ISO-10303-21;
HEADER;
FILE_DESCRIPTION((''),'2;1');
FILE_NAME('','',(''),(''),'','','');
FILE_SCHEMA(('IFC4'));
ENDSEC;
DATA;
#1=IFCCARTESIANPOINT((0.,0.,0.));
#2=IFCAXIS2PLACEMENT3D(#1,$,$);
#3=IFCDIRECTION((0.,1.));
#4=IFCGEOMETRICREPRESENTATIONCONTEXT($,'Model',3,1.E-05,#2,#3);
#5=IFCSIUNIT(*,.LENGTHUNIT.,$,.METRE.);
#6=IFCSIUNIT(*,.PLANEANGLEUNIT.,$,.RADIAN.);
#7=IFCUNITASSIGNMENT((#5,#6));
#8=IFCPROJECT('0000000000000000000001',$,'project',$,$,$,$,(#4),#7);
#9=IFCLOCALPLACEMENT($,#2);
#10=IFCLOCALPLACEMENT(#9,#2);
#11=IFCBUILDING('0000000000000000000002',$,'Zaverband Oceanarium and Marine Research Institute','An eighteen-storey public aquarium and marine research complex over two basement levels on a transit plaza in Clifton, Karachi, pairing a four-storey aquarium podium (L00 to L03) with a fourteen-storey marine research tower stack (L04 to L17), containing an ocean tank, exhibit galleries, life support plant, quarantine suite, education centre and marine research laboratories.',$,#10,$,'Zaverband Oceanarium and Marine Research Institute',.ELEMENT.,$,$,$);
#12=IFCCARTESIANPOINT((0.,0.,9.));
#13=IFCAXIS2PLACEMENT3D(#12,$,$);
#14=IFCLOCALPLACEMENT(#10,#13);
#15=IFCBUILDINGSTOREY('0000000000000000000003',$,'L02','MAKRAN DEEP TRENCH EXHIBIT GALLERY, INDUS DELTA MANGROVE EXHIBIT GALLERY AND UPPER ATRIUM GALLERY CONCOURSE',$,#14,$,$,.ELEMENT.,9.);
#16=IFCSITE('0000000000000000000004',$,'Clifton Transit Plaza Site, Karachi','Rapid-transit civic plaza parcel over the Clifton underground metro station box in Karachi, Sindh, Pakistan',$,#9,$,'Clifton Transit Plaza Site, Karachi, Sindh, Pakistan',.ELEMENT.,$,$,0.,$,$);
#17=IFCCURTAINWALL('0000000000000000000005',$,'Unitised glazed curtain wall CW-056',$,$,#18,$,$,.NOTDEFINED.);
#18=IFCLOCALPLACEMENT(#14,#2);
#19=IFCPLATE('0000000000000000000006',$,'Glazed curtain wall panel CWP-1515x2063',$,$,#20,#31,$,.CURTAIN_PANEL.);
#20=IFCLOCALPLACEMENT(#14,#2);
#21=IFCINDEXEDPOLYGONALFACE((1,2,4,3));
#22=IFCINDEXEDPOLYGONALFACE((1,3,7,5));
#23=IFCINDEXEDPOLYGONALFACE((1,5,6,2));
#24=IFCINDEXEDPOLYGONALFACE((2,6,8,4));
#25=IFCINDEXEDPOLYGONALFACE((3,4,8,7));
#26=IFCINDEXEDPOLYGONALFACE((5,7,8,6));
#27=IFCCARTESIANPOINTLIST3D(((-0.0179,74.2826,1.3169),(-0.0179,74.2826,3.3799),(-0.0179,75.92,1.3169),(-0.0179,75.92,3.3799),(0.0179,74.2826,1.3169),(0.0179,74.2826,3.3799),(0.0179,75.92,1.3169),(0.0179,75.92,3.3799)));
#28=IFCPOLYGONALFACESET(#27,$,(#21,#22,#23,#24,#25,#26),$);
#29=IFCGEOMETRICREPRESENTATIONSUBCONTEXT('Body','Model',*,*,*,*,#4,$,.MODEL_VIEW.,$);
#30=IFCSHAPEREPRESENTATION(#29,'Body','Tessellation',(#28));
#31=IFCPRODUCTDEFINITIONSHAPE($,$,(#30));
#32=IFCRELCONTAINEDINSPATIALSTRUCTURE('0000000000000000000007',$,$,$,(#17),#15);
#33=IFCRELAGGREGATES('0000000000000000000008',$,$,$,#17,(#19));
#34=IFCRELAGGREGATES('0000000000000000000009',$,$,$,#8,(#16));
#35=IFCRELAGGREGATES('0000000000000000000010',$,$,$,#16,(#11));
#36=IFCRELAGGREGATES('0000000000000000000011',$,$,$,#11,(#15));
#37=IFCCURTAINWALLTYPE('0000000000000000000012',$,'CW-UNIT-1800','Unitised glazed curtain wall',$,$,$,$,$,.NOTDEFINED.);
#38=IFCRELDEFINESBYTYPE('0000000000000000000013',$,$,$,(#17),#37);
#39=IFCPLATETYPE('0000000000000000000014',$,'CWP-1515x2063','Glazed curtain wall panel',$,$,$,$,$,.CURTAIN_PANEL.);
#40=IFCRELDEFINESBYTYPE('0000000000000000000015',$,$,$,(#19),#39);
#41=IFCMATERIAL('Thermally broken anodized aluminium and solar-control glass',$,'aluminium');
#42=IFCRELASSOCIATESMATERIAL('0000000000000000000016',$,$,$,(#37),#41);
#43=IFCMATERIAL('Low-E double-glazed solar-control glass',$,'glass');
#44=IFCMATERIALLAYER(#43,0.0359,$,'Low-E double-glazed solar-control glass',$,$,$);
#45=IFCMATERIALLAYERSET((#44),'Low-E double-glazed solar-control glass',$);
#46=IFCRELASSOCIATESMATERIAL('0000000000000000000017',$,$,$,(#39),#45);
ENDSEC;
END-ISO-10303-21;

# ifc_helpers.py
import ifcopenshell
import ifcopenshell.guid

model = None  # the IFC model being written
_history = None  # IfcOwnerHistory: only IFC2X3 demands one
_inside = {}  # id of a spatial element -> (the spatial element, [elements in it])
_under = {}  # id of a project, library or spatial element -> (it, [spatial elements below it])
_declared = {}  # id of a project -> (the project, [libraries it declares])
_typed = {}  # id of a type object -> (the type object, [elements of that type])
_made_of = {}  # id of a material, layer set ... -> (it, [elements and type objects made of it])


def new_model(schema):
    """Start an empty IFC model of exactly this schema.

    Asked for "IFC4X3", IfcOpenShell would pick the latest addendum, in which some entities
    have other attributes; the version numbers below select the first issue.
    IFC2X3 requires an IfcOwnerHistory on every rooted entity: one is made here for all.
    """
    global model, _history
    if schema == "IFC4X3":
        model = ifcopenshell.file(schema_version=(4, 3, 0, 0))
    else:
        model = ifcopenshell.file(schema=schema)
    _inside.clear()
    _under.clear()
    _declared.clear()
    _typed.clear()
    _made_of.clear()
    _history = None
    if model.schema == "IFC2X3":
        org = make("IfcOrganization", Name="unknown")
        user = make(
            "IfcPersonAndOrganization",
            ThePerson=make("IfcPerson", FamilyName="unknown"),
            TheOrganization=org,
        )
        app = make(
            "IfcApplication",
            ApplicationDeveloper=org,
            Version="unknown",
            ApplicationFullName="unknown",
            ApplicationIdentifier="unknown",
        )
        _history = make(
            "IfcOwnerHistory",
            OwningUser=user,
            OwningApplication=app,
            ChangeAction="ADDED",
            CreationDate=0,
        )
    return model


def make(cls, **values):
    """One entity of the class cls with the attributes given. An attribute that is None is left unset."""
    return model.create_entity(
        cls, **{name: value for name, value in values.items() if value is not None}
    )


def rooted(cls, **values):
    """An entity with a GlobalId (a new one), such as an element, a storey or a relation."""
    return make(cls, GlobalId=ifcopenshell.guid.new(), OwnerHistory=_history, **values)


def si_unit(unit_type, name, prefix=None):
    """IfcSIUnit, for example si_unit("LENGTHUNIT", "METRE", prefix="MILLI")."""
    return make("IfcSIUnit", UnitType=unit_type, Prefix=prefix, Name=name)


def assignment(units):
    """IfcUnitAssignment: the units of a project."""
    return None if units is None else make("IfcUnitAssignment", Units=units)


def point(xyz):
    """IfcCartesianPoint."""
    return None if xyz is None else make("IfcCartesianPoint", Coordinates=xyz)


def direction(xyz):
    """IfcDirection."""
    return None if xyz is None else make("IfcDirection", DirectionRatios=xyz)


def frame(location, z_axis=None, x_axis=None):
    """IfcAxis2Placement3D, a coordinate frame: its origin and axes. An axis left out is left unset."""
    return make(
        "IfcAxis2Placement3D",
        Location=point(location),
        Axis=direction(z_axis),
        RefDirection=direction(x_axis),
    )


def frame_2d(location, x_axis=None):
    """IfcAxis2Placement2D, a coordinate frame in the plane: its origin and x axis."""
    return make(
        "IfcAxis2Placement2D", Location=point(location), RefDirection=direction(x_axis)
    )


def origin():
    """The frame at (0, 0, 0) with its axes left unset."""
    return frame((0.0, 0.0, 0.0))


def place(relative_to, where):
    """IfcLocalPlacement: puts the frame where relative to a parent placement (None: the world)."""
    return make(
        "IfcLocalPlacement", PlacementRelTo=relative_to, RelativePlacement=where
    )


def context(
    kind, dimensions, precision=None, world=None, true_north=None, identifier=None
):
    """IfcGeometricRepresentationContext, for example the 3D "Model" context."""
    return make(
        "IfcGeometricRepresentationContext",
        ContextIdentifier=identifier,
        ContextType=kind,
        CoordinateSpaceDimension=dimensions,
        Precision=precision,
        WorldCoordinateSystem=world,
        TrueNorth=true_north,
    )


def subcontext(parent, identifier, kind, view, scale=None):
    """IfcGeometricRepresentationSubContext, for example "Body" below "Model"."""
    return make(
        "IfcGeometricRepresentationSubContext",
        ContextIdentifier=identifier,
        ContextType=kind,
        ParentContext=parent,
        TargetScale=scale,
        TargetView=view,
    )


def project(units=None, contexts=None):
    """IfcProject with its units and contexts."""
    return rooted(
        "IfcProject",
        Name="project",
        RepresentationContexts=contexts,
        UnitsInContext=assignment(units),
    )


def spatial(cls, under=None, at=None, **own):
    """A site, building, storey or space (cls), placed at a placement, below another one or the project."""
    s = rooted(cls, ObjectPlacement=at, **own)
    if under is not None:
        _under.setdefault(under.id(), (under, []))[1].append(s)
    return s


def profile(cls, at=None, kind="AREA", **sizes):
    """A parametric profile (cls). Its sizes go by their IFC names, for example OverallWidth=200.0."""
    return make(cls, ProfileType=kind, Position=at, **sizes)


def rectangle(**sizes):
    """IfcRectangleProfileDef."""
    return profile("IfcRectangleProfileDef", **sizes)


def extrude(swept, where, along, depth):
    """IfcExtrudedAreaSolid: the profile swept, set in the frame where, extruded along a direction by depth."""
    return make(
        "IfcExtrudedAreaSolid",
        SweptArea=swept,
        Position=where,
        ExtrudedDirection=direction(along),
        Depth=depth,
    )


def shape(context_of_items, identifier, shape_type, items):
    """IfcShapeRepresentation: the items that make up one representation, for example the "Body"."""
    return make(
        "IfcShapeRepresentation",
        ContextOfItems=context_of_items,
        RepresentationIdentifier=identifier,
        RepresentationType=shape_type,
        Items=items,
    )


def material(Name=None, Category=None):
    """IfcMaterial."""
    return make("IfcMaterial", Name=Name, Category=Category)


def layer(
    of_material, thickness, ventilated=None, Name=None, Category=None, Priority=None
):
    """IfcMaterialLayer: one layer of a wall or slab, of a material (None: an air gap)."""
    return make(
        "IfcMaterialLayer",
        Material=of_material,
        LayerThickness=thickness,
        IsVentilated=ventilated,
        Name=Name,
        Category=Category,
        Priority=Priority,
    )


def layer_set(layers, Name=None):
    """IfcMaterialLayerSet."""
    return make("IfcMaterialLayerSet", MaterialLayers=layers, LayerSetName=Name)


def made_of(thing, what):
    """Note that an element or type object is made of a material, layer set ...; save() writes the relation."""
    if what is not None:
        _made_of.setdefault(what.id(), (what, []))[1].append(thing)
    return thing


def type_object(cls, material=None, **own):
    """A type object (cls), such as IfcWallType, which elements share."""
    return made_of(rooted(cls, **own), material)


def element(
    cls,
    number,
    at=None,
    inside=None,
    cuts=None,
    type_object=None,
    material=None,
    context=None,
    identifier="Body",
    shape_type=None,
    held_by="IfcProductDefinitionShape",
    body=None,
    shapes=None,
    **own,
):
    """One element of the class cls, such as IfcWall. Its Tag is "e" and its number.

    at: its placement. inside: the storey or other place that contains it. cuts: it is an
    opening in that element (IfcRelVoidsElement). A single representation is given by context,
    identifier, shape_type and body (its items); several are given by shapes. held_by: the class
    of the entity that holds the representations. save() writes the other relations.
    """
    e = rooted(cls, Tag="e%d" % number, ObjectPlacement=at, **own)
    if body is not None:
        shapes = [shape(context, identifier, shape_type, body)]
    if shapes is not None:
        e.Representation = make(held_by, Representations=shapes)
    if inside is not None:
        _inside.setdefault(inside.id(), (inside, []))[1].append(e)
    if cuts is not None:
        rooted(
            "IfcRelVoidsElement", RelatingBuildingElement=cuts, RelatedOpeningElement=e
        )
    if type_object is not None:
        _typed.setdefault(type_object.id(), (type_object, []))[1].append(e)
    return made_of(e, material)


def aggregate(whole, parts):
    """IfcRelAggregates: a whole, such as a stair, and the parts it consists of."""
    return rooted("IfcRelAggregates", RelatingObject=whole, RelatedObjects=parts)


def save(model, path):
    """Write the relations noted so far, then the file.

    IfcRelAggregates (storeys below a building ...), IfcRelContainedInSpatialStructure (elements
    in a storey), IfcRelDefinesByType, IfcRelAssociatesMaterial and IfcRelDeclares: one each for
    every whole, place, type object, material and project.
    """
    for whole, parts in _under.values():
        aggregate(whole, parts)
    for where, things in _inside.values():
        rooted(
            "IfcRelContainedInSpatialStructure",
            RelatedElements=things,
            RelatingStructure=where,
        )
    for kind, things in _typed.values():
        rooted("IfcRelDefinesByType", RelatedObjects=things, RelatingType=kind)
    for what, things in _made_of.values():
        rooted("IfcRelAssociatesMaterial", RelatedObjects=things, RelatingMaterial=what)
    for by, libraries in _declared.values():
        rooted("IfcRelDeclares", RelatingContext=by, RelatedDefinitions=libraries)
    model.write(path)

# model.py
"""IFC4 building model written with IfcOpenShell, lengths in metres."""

from ifc_helpers import new_model, si_unit, direction, frame, frame_2d, origin, place, context, subcontext, project, spatial, rectangle, extrude, material, layer, layer_set, type_object, element, aggregate, save


model = new_model("IFC4")

# Units and contexts
model_context = context("Model", 3, precision=1e-05, world=origin(), true_north=direction((0.0, 1.0)))
body_context = subcontext(model_context, "Body", "Model", "MODEL_VIEW")
ifc_project = project(units=[si_unit("LENGTHUNIT", "METRE"), si_unit("PLANEANGLEUNIT", "RADIAN")], contexts=[model_context])

# Site, building, storey
site_placement = place(None, origin())
site = spatial("IfcSite", under=ifc_project, at=site_placement, Name="Clifton Transit Plaza Site, Karachi", Description="Rapid-transit civic plaza parcel over the Clifton underground metro station box in Karachi, Sindh, Pakistan", LongName="Clifton Transit Plaza Site, Karachi, Sindh, Pakistan", CompositionType="ELEMENT", RefElevation=0.0)
building_placement = place(site_placement, origin())
building = spatial("IfcBuilding", under=site, at=building_placement, Name="Zaverband Oceanarium and Marine Research Institute", Description="An eighteen-storey public aquarium and marine research complex over two basement levels on a transit plaza in Clifton, Karachi, pairing a four-storey aquarium podium (L00 to L03) with a fourteen-storey marine research tower stack (L04 to L17), containing an ocean tank, exhibit galleries, life support plant, quarantine suite, education centre and marine research laboratories.", LongName="Zaverband Oceanarium and Marine Research Institute", CompositionType="ELEMENT")
storey_placement = place(building_placement, frame((0.0, 0.0, 9.0)))
storey = spatial("IfcBuildingStorey", under=building, at=storey_placement, Name="L02", Description="MAKRAN DEEP TRENCH EXHIBIT GALLERY, INDUS DELTA MANGROVE EXHIBIT GALLERY AND UPPER ATRIUM GALLERY CONCOURSE", CompositionType="ELEMENT", Elevation=9.0)

# Curtain wall
ifc_material_1 = material(Name="Thermally broken anodized aluminium and solar-control glass", Category="aluminium")
curtain_wall_type = type_object("IfcCurtainWallType", Name="CW-UNIT-1800", Description="Unitised glazed curtain wall", PredefinedType="NOTDEFINED", material=ifc_material_1)
curtain_wall_1_placement = place(storey_placement, origin())
curtain_wall_1 = element("IfcCurtainWall", 1, at=curtain_wall_1_placement, inside=storey, type_object=curtain_wall_type, Name="Unitised glazed curtain wall CW-056", PredefinedType="NOTDEFINED")

# Plate
ifc_material_2 = material(Name="Low-E double-glazed solar-control glass", Category="glass")
ifc_layer_1 = layer(ifc_material_2, 0.0359, Name="Low-E double-glazed solar-control glass")
ifc_layer_set_1 = layer_set([ifc_layer_1], Name="Low-E double-glazed solar-control glass")
plate_type_1 = type_object("IfcPlateType", Name="CWP-1515x2063", Description="Glazed curtain wall panel", PredefinedType="CURTAIN_PANEL", material=ifc_layer_set_1)
plate_1_placement = place(storey_placement, frame((0.0, 74.2825, 1.3169), z_axis=(0.0, 0.0, 1.0), x_axis=(0.0, 1.0, 0.0)))
plate_1 = element("IfcPlate", 2, at=plate_1_placement, type_object=plate_type_1, Name="Glazed curtain wall panel CWP-1515x2063", PredefinedType="CURTAIN_PANEL", context=body_context, shape_type="SweptSolid", body=[
    extrude(rectangle(XDim=1.6375, YDim=0.0359, at=frame_2d((0.8188, 0.0))), origin(), (0.0, 0.0, 1.0), 2.063),
])
aggregate(curtain_wall_1, [plate_1])

save(model, "model.ifc")
